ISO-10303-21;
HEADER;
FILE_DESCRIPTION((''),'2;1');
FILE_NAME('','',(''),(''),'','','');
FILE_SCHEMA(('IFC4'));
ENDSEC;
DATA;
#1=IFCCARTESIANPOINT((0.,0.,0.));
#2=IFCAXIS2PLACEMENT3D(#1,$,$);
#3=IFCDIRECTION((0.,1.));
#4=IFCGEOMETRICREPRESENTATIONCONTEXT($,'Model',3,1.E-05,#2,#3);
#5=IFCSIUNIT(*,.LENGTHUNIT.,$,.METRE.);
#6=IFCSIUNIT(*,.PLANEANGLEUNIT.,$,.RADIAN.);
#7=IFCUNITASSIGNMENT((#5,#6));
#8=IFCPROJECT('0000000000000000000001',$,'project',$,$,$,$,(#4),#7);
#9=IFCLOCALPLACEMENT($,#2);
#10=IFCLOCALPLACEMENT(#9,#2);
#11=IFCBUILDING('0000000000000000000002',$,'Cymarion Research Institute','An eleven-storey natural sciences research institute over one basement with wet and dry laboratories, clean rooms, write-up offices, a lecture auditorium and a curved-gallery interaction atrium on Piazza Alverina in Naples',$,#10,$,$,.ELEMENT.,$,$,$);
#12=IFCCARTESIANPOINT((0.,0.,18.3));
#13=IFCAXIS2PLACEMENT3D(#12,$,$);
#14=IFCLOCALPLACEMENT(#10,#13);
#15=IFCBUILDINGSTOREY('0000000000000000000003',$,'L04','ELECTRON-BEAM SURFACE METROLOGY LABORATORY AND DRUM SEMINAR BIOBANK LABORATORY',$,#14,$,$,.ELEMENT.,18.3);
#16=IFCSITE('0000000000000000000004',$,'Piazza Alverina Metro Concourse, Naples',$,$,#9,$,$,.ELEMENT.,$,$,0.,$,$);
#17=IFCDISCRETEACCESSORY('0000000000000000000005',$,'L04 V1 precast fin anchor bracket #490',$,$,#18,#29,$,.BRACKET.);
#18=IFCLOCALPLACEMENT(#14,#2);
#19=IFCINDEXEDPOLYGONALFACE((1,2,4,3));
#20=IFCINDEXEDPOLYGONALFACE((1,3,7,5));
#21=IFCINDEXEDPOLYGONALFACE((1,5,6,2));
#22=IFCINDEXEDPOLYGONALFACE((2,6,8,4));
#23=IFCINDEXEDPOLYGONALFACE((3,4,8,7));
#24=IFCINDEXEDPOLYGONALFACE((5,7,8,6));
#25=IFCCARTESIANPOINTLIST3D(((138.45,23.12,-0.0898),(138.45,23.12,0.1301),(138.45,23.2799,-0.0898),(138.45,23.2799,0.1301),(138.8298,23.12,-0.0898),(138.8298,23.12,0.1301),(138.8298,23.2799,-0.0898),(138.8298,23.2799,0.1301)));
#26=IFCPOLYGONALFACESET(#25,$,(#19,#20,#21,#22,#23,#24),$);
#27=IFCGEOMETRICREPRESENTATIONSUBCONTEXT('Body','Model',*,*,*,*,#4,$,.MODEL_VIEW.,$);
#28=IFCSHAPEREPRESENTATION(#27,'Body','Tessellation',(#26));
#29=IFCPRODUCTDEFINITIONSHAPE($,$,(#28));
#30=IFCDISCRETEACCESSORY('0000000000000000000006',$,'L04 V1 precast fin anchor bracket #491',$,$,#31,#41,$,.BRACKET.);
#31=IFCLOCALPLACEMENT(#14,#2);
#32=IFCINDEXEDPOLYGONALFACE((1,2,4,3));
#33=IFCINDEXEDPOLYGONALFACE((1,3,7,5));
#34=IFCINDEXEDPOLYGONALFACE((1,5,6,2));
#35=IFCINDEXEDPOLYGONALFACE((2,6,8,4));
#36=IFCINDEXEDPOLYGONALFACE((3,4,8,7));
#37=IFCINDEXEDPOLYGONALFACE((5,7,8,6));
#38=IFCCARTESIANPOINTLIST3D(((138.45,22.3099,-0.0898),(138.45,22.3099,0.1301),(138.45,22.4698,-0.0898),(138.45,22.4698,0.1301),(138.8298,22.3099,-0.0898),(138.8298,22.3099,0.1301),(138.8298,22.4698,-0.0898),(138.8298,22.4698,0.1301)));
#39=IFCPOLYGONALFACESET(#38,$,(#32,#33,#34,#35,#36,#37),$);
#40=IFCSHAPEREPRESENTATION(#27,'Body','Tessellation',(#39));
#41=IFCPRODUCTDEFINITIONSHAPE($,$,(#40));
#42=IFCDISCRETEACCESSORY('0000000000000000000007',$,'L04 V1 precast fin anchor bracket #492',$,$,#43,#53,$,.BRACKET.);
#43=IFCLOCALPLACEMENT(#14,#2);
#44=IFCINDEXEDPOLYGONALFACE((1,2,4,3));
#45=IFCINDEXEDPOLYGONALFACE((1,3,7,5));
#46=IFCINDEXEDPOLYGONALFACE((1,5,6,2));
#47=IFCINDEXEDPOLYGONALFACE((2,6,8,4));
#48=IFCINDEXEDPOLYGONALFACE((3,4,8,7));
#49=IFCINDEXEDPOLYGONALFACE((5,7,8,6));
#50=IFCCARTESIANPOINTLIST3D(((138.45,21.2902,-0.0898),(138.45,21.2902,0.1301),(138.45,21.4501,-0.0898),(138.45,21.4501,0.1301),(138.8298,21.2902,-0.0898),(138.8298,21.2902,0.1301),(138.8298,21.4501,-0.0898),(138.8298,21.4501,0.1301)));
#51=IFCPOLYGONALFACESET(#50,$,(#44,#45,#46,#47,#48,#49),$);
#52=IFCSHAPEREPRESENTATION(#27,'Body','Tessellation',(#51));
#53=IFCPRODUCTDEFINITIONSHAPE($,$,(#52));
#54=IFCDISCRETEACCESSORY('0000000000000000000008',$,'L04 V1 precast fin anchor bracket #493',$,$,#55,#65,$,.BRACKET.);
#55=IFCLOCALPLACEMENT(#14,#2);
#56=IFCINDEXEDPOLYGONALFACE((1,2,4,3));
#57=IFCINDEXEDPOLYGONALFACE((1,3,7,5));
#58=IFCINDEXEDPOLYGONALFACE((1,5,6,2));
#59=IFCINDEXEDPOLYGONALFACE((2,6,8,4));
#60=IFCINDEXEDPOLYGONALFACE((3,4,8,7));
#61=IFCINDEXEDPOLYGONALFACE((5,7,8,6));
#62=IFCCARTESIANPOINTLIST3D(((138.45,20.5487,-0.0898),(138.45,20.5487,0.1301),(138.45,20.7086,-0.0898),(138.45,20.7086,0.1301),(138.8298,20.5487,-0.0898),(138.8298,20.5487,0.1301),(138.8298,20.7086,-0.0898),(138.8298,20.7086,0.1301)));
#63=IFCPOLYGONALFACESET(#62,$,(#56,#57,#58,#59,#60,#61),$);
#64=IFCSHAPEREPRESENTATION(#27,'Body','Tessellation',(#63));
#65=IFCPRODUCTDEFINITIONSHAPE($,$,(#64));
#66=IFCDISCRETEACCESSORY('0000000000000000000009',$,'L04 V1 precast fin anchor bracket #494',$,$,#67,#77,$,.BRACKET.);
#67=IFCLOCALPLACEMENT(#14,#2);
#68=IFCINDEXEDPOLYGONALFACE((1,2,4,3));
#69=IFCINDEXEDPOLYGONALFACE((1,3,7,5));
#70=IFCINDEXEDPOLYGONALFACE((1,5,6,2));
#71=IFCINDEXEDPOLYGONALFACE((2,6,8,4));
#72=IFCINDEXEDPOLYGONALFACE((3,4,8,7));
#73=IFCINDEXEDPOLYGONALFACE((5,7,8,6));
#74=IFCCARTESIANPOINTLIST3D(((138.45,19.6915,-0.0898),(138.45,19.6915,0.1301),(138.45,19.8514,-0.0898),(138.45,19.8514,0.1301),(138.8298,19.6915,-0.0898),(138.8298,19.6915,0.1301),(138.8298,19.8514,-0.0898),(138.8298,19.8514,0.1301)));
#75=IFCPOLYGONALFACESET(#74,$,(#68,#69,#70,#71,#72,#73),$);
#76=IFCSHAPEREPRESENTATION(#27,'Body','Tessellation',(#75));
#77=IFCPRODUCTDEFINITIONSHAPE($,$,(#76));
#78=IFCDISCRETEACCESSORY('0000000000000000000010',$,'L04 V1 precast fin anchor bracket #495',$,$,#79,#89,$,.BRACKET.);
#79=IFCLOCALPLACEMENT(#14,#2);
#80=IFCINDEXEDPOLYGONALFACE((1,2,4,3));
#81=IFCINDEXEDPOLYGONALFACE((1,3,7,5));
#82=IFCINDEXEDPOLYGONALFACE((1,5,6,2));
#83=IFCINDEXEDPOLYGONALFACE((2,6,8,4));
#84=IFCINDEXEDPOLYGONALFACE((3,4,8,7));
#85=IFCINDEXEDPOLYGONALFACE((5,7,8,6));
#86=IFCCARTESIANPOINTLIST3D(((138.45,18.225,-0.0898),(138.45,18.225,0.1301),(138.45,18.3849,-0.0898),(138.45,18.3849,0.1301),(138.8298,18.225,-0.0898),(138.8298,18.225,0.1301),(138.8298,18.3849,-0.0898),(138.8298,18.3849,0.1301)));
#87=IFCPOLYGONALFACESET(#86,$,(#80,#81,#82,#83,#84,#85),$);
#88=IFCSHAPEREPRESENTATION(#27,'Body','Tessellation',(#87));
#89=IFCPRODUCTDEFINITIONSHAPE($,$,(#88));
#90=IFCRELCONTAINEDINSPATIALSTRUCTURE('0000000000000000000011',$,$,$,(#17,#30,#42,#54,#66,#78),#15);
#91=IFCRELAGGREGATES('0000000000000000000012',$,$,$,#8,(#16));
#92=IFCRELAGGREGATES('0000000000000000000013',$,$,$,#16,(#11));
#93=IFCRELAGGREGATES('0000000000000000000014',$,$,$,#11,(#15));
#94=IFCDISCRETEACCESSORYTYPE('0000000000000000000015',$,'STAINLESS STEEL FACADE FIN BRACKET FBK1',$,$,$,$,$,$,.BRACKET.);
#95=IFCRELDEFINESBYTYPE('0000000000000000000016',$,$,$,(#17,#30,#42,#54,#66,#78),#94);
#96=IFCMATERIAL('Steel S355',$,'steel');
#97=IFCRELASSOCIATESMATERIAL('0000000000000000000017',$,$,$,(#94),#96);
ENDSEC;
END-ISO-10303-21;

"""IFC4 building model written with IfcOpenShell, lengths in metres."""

from ifc_helpers import new_model, si_unit, direction, frame, origin, origin_2d, place, context, subcontext, project, spatial, rectangle, extrude, material, type_object, element, save


model = new_model("IFC4")

# Units and contexts
model_context = context("Model", 3, precision=1e-05, world=origin(), true_north=direction((0.0, 1.0)))
body_context = subcontext(model_context, "Body", "Model", "MODEL_VIEW")
ifc_project = project(units=[si_unit("LENGTHUNIT", "METRE"), si_unit("PLANEANGLEUNIT", "RADIAN")], contexts=[model_context])

# Site, building, storey
site_placement = place(None, origin())
site = spatial("IfcSite", under=ifc_project, at=site_placement, Name="Piazza Alverina Metro Concourse, Naples", CompositionType="ELEMENT", RefElevation=0.0)
building_placement = place(site_placement, origin())
building = spatial("IfcBuilding", under=site, at=building_placement, Name="Cymarion Research Institute", Description="An eleven-storey natural sciences research institute over one basement with wet and dry laboratories, clean rooms, write-up offices, a lecture auditorium and a curved-gallery interaction atrium on Piazza Alverina in Naples", CompositionType="ELEMENT")
storey_placement = place(building_placement, frame((0.0, 0.0, 18.3)))
storey = spatial("IfcBuildingStorey", under=building, at=storey_placement, Name="L04", Description="ELECTRON-BEAM SURFACE METROLOGY LABORATORY AND DRUM SEMINAR BIOBANK LABORATORY", CompositionType="ELEMENT", Elevation=18.3)

# Shared definitions
ifc_material = material(Name="Steel S355", Category="steel")

# Discrete accessories
discrete_accessory_type = type_object("IfcDiscreteAccessoryType", Name="STAINLESS STEEL FACADE FIN BRACKET FBK1", PredefinedType="BRACKET", material=ifc_material)
for number, where, z_axis, x_axis, name in (
    (1, (138.6399, 23.2, -0.0898), (0.0, 0.0, 1.0), (-1.0, 0.0, 0.0), "L04 V1 precast fin anchor bracket #490"),
    (2, (138.6399, 22.3899, -0.0898), (0.0, 0.0, 1.0), (-1.0, 0.0, 0.0), "L04 V1 precast fin anchor bracket #491"),
    (3, (138.6399, 21.3701, -0.0898), (0.0, 0.0, 1.0), (-1.0, 0.0, 0.0), "L04 V1 precast fin anchor bracket #492"),
    (4, (138.6399, 20.6287, -0.0898), (0.0, 0.0, 1.0), (-1.0, 0.0, 0.0), "L04 V1 precast fin anchor bracket #493"),
    (5, (138.6399, 19.7715, -0.0898), (0.0, 0.0, 1.0), (-1.0, 0.0, 0.0), "L04 V1 precast fin anchor bracket #494"),
    (6, (138.6399, 18.3049, -0.0898), (0.0, 0.0, 1.0), (-1.0, 0.0, 0.0), "L04 V1 precast fin anchor bracket #495"),
):
    element("IfcDiscreteAccessory", number, at=place(storey_placement, frame(where, z_axis=z_axis, x_axis=x_axis)), inside=storey, type_object=discrete_accessory_type, Name=name, PredefinedType="BRACKET", context=body_context, shape_type="SweptSolid", body=[
        extrude(rectangle(XDim=0.3799, YDim=0.1599, at=origin_2d()), origin(), (0.0, 0.0, 1.0), 0.22),
    ])

save(model, "model.ifc")
